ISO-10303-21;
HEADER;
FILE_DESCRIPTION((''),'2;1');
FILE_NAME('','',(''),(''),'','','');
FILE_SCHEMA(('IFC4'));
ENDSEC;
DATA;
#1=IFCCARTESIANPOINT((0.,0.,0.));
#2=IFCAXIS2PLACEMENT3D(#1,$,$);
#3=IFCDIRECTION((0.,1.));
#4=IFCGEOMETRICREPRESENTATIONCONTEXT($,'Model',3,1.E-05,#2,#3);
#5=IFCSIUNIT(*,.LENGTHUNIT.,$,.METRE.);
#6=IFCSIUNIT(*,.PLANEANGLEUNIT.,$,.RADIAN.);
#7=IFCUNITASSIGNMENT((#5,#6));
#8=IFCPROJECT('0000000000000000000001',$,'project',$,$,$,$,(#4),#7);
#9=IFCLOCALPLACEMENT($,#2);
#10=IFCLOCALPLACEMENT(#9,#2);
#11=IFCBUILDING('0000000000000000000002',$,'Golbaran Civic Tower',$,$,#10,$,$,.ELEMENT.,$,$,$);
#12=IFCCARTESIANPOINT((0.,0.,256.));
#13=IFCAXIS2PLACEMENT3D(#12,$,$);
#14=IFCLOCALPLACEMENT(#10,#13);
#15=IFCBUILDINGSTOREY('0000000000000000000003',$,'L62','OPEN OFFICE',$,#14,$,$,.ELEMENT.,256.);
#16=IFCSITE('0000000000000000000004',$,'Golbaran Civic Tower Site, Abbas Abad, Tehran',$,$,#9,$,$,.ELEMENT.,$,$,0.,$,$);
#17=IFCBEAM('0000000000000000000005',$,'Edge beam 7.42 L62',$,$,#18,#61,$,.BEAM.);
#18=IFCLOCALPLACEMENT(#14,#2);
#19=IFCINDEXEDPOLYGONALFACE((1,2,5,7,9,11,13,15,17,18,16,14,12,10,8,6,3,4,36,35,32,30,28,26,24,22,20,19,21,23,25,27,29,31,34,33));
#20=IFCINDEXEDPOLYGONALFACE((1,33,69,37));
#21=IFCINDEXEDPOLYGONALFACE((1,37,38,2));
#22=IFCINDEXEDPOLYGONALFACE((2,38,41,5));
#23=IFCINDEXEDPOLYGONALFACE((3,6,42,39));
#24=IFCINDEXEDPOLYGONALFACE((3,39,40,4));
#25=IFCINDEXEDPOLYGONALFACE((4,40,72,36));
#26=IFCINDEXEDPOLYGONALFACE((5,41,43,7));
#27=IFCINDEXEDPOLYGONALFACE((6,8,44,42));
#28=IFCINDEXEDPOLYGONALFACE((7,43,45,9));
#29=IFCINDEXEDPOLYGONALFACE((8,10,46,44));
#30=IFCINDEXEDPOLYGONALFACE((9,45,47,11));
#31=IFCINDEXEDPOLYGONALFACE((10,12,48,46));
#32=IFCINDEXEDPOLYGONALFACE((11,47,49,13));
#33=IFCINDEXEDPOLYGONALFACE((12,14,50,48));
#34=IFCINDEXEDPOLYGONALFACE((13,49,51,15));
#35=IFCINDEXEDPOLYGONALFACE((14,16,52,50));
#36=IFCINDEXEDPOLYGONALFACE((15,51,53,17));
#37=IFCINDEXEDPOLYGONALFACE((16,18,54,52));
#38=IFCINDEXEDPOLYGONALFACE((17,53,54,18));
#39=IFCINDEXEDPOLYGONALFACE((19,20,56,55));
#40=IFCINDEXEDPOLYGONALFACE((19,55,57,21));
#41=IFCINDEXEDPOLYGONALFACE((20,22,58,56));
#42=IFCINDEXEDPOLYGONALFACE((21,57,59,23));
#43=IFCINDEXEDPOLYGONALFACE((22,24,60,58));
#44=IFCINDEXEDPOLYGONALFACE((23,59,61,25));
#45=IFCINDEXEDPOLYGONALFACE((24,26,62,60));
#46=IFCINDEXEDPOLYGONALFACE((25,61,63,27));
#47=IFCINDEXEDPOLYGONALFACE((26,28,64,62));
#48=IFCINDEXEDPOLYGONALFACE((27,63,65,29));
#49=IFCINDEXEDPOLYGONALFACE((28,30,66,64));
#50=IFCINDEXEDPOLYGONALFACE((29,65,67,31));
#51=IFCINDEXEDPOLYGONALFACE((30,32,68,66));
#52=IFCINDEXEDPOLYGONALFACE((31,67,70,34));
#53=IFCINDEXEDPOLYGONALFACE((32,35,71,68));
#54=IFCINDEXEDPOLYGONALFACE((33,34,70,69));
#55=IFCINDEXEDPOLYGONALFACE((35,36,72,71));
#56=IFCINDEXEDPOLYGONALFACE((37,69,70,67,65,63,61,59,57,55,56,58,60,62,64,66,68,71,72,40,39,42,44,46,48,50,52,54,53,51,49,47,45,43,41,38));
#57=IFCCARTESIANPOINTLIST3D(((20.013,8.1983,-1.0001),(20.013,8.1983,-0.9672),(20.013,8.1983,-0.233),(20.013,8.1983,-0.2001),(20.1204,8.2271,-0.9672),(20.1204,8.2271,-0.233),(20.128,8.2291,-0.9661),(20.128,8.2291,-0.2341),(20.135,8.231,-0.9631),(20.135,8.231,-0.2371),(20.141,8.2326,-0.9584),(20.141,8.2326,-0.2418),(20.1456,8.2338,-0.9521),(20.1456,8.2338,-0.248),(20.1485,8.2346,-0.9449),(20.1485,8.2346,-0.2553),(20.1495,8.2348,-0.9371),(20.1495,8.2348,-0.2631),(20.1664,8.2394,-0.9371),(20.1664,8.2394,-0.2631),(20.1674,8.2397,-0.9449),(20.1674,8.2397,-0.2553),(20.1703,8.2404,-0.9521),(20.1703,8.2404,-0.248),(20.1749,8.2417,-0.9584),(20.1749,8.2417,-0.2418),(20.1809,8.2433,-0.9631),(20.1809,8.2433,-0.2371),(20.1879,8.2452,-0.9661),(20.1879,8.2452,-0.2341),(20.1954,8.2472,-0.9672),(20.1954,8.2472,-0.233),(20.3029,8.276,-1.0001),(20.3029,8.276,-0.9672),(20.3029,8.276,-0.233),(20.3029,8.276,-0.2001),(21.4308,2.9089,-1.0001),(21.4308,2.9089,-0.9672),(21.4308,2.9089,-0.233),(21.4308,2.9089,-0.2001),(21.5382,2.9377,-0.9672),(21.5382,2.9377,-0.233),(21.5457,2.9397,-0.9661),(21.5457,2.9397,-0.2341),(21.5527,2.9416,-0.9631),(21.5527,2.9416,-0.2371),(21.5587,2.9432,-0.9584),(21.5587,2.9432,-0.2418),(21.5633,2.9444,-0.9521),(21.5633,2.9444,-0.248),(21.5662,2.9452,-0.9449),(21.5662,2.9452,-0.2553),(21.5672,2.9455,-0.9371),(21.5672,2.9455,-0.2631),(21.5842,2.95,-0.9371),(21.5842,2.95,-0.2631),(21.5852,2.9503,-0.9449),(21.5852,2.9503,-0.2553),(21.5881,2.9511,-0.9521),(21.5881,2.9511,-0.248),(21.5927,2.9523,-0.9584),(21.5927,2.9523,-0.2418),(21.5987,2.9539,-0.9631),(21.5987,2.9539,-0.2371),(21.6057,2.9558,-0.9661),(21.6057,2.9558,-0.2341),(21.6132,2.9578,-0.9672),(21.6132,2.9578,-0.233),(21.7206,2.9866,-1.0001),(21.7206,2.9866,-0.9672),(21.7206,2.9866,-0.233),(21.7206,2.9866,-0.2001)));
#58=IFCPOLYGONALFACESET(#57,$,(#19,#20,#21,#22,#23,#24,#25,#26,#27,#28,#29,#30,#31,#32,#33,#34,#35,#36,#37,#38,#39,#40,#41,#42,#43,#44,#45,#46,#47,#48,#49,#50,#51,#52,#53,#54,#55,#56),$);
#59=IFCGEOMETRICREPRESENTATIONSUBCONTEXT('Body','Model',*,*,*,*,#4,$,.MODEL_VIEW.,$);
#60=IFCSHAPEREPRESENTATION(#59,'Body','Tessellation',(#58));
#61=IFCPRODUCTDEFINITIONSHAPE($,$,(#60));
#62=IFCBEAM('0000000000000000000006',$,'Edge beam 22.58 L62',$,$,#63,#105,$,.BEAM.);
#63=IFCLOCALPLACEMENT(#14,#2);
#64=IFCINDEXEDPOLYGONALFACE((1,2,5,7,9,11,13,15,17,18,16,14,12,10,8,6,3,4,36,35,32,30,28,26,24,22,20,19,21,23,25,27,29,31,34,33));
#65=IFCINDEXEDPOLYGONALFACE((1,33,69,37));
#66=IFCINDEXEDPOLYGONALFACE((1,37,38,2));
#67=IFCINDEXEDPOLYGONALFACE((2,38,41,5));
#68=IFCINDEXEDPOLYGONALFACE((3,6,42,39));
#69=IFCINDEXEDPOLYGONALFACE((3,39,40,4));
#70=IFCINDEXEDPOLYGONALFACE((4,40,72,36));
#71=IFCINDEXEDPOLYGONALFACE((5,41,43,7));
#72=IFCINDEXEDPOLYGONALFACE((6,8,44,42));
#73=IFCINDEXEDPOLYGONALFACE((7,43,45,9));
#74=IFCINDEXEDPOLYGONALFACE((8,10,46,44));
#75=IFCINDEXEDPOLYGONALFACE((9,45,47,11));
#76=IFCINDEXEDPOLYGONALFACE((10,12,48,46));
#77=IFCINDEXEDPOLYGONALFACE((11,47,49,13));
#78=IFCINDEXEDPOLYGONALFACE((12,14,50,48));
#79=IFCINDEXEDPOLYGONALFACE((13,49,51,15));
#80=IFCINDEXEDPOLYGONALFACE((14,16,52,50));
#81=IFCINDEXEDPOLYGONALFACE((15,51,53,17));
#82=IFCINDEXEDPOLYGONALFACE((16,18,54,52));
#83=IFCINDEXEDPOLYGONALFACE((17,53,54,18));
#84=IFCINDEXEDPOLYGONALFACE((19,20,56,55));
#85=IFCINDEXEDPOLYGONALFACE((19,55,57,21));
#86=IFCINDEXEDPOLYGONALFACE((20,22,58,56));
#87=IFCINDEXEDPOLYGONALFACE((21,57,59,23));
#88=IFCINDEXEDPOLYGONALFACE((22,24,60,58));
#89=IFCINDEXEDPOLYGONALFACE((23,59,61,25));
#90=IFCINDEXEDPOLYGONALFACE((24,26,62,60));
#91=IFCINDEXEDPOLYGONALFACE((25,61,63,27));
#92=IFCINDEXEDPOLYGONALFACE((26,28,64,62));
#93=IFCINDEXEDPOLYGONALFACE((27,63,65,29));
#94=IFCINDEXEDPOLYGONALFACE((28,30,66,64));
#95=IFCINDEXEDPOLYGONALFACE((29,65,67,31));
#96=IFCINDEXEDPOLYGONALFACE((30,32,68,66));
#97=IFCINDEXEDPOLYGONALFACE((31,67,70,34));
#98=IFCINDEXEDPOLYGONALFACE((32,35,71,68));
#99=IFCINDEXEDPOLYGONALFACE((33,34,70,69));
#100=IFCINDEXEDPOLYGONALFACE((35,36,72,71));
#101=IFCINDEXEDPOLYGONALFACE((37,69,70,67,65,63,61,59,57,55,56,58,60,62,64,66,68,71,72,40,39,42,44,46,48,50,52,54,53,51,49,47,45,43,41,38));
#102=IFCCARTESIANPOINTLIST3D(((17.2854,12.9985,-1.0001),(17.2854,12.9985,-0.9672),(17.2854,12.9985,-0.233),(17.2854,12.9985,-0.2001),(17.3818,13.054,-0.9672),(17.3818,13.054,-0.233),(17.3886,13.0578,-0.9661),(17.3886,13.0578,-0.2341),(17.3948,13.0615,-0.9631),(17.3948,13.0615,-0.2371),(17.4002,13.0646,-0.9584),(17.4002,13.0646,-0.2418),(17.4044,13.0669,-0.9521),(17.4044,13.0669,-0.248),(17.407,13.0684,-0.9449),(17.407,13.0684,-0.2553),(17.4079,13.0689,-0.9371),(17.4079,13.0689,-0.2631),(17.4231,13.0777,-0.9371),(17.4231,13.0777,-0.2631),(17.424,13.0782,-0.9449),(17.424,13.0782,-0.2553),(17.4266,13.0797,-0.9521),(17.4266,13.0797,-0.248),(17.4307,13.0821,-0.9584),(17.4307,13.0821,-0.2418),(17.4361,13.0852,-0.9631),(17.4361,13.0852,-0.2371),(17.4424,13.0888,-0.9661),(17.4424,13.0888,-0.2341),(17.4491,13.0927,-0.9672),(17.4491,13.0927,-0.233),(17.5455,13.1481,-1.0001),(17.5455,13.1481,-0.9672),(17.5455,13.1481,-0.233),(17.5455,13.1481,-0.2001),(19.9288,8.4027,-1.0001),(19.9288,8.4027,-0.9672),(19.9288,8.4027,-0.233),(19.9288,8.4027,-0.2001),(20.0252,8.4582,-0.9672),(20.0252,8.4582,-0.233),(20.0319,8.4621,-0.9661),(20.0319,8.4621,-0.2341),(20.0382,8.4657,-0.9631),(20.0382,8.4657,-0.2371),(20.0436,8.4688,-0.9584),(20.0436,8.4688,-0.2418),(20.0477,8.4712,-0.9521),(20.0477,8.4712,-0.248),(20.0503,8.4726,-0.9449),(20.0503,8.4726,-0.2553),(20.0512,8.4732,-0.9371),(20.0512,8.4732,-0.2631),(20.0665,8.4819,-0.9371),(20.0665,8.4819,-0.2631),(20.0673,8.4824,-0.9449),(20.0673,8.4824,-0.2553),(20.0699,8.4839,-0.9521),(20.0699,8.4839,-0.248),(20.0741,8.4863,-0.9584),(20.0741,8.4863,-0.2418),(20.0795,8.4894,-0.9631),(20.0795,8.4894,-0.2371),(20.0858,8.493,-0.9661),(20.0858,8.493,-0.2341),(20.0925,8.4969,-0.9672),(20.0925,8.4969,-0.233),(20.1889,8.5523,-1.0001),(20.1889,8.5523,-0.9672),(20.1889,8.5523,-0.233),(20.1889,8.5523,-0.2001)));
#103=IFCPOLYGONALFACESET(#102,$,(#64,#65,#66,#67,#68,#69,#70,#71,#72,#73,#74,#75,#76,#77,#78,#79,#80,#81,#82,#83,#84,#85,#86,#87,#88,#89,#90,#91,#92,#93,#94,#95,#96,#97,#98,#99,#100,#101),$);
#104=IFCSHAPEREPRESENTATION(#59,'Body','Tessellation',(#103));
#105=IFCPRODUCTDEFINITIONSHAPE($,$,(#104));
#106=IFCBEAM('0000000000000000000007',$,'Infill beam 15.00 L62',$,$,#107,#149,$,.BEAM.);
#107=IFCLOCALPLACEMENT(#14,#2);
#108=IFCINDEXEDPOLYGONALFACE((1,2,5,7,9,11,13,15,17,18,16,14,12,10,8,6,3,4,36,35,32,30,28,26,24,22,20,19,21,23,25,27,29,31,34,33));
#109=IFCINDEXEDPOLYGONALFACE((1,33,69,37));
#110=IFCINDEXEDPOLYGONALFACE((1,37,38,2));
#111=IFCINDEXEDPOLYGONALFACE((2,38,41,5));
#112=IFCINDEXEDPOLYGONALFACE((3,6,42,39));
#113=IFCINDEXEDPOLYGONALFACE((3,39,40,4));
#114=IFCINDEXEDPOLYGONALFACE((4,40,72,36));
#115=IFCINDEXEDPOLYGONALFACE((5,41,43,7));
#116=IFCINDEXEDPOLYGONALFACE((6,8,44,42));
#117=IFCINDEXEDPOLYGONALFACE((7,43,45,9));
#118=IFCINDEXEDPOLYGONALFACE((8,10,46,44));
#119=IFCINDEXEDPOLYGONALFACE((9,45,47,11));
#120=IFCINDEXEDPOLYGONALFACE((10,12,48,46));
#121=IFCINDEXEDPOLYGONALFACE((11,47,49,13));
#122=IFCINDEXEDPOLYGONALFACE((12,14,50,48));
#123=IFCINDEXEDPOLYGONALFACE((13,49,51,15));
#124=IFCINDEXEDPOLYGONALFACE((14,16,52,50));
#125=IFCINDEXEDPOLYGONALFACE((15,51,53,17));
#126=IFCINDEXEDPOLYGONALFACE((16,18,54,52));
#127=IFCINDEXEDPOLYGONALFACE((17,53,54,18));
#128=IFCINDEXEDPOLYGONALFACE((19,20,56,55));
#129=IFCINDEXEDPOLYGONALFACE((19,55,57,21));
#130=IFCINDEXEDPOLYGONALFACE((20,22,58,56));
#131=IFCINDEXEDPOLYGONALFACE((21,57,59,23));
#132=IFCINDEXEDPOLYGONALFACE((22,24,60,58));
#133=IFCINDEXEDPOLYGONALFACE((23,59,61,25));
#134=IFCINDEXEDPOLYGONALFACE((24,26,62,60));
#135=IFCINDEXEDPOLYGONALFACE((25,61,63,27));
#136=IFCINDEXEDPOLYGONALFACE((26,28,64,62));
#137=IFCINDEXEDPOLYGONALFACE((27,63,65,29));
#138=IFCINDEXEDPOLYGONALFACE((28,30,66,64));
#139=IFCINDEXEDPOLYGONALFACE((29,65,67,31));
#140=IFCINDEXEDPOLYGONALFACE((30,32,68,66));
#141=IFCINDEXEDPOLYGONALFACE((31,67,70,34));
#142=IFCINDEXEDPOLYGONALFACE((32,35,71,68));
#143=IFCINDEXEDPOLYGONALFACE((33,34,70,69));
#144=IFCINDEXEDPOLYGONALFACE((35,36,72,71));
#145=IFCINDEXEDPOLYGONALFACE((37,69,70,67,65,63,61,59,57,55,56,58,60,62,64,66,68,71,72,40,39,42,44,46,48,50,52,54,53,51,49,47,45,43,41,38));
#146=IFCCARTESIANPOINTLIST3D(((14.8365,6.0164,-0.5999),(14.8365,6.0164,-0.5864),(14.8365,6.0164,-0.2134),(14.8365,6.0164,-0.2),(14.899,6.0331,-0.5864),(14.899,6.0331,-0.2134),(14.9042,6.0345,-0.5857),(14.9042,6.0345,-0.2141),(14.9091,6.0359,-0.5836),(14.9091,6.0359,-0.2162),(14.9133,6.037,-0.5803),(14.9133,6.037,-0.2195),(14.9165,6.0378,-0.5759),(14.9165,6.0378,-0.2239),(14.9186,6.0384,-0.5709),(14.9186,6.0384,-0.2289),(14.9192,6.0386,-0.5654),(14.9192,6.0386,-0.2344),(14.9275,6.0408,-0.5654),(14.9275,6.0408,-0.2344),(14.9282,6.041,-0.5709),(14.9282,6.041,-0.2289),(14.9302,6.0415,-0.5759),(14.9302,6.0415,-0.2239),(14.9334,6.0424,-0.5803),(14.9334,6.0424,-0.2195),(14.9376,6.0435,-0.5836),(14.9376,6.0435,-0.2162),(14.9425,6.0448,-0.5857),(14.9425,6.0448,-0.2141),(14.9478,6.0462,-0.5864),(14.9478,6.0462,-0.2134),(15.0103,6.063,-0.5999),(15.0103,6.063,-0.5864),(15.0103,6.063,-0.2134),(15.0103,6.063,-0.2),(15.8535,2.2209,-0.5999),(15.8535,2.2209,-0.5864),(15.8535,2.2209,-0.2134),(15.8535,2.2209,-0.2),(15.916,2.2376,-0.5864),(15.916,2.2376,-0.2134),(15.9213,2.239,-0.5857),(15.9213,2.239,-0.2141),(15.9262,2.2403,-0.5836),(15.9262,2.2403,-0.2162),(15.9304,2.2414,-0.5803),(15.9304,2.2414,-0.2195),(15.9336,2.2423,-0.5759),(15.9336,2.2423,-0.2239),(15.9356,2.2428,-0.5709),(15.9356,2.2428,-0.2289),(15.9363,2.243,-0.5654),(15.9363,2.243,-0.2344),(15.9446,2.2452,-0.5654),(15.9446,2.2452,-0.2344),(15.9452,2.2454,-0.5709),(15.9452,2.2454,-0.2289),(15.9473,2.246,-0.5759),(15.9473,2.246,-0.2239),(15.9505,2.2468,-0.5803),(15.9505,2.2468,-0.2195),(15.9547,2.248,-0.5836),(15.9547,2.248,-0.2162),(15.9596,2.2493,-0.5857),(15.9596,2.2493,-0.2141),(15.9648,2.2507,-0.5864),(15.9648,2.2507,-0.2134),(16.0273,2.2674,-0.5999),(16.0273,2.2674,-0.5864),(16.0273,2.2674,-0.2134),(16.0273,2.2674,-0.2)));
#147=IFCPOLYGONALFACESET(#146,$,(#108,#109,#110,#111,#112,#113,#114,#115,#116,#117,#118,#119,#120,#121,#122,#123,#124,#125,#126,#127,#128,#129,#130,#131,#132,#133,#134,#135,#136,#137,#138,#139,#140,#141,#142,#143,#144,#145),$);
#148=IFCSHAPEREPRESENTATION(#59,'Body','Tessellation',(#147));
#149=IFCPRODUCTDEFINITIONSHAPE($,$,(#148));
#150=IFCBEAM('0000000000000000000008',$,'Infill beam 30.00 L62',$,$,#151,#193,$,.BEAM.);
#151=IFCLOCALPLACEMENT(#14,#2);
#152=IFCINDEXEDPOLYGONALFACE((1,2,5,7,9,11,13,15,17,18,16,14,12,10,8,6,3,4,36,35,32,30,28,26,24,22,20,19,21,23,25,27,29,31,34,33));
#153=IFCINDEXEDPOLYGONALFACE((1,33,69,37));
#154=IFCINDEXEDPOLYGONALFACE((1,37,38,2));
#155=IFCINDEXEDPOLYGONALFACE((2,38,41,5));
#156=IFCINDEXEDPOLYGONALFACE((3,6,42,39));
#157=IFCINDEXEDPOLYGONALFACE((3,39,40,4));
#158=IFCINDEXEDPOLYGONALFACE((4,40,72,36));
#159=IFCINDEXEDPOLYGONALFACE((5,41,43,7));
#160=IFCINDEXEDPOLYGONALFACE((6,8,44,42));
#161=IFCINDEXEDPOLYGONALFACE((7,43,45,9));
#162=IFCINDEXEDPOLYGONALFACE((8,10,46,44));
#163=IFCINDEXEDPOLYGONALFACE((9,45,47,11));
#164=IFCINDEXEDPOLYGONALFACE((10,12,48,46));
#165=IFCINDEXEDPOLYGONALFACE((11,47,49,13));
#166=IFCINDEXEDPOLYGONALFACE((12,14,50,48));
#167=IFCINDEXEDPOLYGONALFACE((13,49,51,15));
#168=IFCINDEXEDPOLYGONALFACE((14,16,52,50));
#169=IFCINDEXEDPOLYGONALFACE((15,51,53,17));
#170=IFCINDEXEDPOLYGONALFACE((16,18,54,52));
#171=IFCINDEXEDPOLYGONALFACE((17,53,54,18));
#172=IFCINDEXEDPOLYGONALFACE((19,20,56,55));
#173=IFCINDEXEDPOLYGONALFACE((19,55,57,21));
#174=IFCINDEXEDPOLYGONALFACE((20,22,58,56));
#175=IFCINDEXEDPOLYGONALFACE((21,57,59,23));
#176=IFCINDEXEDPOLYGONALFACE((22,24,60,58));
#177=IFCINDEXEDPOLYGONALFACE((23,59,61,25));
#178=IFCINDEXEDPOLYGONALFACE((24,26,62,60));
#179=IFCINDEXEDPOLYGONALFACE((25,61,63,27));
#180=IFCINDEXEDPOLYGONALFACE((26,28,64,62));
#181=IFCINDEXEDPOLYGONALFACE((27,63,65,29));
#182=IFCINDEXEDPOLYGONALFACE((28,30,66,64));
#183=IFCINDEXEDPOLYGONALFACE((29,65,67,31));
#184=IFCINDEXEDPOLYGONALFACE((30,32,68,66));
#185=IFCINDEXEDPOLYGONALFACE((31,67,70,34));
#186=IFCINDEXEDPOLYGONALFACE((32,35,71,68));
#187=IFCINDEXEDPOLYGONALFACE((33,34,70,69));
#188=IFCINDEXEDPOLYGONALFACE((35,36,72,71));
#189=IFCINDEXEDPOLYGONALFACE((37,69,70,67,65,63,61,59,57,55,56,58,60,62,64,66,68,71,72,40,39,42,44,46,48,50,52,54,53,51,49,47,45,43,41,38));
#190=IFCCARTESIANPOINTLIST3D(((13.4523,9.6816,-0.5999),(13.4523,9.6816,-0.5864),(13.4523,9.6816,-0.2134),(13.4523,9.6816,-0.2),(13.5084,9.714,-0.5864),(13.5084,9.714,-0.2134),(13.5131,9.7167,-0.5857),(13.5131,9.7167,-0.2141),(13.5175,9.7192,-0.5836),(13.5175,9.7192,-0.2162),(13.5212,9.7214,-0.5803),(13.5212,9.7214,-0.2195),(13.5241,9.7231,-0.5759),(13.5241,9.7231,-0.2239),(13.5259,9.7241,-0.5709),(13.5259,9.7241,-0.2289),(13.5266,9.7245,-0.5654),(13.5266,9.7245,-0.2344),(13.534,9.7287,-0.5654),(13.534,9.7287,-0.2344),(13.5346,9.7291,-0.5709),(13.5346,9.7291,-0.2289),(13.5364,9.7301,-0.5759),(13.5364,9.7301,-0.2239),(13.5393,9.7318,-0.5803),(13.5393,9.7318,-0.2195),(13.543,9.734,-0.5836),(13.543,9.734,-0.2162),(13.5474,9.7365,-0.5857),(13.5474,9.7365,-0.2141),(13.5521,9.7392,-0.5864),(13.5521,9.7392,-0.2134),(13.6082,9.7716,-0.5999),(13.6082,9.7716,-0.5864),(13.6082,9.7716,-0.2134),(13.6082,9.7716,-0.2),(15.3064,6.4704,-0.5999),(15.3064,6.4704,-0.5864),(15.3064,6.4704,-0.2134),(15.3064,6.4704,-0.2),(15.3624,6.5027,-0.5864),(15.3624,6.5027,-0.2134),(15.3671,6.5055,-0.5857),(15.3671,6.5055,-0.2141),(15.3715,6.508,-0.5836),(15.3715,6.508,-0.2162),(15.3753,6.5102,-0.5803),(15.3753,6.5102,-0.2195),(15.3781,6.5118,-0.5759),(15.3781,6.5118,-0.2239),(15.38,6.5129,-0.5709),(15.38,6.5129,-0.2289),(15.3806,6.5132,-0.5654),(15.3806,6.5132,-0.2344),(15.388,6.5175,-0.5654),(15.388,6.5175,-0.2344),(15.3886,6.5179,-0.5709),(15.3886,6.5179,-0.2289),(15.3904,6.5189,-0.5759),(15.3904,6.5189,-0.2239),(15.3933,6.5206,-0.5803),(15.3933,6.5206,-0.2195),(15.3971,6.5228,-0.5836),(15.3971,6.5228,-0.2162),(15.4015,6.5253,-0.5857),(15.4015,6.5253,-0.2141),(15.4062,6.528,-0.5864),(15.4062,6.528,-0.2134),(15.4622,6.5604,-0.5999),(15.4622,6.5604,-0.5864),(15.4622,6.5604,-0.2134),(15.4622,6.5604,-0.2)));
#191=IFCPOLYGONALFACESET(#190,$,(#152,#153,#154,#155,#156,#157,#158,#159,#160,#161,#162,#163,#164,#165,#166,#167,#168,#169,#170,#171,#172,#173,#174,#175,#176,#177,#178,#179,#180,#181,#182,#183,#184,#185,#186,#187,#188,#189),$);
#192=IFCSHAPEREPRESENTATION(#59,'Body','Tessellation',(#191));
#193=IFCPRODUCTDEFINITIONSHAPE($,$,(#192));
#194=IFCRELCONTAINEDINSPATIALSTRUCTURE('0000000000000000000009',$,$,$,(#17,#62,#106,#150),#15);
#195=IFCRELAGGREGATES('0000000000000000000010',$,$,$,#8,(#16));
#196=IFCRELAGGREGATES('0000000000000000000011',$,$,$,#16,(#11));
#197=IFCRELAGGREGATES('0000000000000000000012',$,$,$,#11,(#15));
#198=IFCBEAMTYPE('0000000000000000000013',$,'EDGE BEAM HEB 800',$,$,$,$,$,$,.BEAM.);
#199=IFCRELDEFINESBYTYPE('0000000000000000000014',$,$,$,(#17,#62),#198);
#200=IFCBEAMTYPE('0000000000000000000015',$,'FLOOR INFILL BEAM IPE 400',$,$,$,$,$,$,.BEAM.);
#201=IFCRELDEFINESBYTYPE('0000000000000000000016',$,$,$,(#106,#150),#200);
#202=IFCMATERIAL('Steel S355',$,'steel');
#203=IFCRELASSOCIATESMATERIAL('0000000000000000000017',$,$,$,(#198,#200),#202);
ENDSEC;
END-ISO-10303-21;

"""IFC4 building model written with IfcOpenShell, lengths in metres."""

from ifc_helpers import new_model, si_unit, direction, frame, origin, origin_2d, place, context, subcontext, project, spatial, i_section, extrude, material, material_profile, profile_set, type_object, element, save


model = new_model("IFC4")

# Units and contexts
model_context = context("Model", 3, precision=1e-05, world=origin(), true_north=direction((0.0, 1.0)))
body_context = subcontext(model_context, "Body", "Model", "MODEL_VIEW")
ifc_project = project(units=[si_unit("LENGTHUNIT", "METRE"), si_unit("PLANEANGLEUNIT", "RADIAN")], contexts=[model_context])

# Site, building, storey
site_placement = place(None, origin())
site = spatial("IfcSite", under=ifc_project, at=site_placement, Name="Golbaran Civic Tower Site, Abbas Abad, Tehran", CompositionType="ELEMENT", RefElevation=0.0)
building_placement = place(site_placement, origin())
building = spatial("IfcBuilding", under=site, at=building_placement, Name="Golbaran Civic Tower", CompositionType="ELEMENT")
storey_placement = place(building_placement, frame((0.0, 0.0, 256.0)))
storey = spatial("IfcBuildingStorey", under=building, at=storey_placement, Name="L62", Description="OPEN OFFICE", CompositionType="ELEMENT", Elevation=256.0)

# Beams
ifc_material_1 = material(Name="Steel S355", Category="steel")
ifc_material_profile_1 = material_profile(ifc_material_1, i_section(OverallWidth=0.3, OverallDepth=0.8, WebThickness=0.0176, FlangeThickness=0.033, FilletRadius=0.03, at=origin_2d()), Name="HEB 800")
ifc_profile_set_1 = profile_set([ifc_material_profile_1], Name="Steel S355")
beam_type_1 = type_object("IfcBeamType", Name="EDGE BEAM HEB 800", PredefinedType="BEAM", material=ifc_profile_set_1)
beam_1_placement = place(storey_placement, frame((21.5757, 2.9478, -0.6001), z_axis=(-0.258897, 0.965905, 0.0), x_axis=(-0.965905, -0.258897, 0.0)))
element("IfcBeam", 1, at=beam_1_placement, inside=storey, type_object=beam_type_1, Name="Edge beam 7.42 L62", PredefinedType="BEAM", context=body_context, shape_type="SweptSolid", body=[
    extrude(i_section(OverallWidth=0.3, OverallDepth=0.8, WebThickness=0.0176, FlangeThickness=0.033, FilletRadius=0.03, at=origin_2d()), origin(), (0.0, 0.0, 1.0), 5.4761),
])
beam_2_placement = place(storey_placement, frame((20.0588, 8.4775, -0.6001), z_axis=(-0.498582, 0.866843, 0.0), x_axis=(-0.866843, -0.498582, 0.0)))
element("IfcBeam", 2, at=beam_2_placement, inside=storey, type_object=beam_type_1, Name="Edge beam 22.58 L62", PredefinedType="BEAM", context=body_context, shape_type="SweptSolid", body=[
    extrude(i_section(OverallWidth=0.3, OverallDepth=0.8, WebThickness=0.0176, FlangeThickness=0.033, FilletRadius=0.03, at=origin_2d()), origin(), (0.0, 0.0, 1.0), 5.3018),
])
ifc_material_profile_2 = material_profile(ifc_material_1, i_section(OverallWidth=0.1799, OverallDepth=0.3999, WebThickness=0.0085, FlangeThickness=0.0134, FilletRadius=0.021, at=origin_2d()), Name="IPE 400")
ifc_profile_set_2 = profile_set([ifc_material_profile_2], Name="Steel S355")
beam_type_2 = type_object("IfcBeamType", Name="FLOOR INFILL BEAM IPE 400", PredefinedType="BEAM", material=ifc_profile_set_2)
beam_3_placement = place(storey_placement, frame((15.9404, 2.2441, -0.3999), z_axis=(-0.25883, 0.965923, 0.0), x_axis=(-0.965923, -0.25883, 0.0)))
element("IfcBeam", 3, at=beam_3_placement, inside=storey, type_object=beam_type_2, Name="Infill beam 15.00 L62", PredefinedType="BEAM", context=body_context, shape_type="SweptSolid", body=[
    extrude(i_section(OverallWidth=0.1799, OverallDepth=0.3999, WebThickness=0.0085, FlangeThickness=0.0134, FilletRadius=0.021, at=origin_2d()), origin(), (0.0, 0.0, 1.0), 3.9294),
])
beam_4_placement = place(storey_placement, frame((15.3843, 6.5154, -0.3999), z_axis=(-0.500006, 0.866022, 0.0), x_axis=(-0.866022, -0.500006, 0.0)))
element("IfcBeam", 4, at=beam_4_placement, inside=storey, type_object=beam_type_2, Name="Infill beam 30.00 L62", PredefinedType="BEAM", context=body_context, shape_type="SweptSolid", body=[
    extrude(i_section(OverallWidth=0.1799, OverallDepth=0.3999, WebThickness=0.0085, FlangeThickness=0.0134, FilletRadius=0.021, at=origin_2d()), origin(), (0.0, 0.0, 1.0), 3.708),
])

save(model, "model.ifc")
